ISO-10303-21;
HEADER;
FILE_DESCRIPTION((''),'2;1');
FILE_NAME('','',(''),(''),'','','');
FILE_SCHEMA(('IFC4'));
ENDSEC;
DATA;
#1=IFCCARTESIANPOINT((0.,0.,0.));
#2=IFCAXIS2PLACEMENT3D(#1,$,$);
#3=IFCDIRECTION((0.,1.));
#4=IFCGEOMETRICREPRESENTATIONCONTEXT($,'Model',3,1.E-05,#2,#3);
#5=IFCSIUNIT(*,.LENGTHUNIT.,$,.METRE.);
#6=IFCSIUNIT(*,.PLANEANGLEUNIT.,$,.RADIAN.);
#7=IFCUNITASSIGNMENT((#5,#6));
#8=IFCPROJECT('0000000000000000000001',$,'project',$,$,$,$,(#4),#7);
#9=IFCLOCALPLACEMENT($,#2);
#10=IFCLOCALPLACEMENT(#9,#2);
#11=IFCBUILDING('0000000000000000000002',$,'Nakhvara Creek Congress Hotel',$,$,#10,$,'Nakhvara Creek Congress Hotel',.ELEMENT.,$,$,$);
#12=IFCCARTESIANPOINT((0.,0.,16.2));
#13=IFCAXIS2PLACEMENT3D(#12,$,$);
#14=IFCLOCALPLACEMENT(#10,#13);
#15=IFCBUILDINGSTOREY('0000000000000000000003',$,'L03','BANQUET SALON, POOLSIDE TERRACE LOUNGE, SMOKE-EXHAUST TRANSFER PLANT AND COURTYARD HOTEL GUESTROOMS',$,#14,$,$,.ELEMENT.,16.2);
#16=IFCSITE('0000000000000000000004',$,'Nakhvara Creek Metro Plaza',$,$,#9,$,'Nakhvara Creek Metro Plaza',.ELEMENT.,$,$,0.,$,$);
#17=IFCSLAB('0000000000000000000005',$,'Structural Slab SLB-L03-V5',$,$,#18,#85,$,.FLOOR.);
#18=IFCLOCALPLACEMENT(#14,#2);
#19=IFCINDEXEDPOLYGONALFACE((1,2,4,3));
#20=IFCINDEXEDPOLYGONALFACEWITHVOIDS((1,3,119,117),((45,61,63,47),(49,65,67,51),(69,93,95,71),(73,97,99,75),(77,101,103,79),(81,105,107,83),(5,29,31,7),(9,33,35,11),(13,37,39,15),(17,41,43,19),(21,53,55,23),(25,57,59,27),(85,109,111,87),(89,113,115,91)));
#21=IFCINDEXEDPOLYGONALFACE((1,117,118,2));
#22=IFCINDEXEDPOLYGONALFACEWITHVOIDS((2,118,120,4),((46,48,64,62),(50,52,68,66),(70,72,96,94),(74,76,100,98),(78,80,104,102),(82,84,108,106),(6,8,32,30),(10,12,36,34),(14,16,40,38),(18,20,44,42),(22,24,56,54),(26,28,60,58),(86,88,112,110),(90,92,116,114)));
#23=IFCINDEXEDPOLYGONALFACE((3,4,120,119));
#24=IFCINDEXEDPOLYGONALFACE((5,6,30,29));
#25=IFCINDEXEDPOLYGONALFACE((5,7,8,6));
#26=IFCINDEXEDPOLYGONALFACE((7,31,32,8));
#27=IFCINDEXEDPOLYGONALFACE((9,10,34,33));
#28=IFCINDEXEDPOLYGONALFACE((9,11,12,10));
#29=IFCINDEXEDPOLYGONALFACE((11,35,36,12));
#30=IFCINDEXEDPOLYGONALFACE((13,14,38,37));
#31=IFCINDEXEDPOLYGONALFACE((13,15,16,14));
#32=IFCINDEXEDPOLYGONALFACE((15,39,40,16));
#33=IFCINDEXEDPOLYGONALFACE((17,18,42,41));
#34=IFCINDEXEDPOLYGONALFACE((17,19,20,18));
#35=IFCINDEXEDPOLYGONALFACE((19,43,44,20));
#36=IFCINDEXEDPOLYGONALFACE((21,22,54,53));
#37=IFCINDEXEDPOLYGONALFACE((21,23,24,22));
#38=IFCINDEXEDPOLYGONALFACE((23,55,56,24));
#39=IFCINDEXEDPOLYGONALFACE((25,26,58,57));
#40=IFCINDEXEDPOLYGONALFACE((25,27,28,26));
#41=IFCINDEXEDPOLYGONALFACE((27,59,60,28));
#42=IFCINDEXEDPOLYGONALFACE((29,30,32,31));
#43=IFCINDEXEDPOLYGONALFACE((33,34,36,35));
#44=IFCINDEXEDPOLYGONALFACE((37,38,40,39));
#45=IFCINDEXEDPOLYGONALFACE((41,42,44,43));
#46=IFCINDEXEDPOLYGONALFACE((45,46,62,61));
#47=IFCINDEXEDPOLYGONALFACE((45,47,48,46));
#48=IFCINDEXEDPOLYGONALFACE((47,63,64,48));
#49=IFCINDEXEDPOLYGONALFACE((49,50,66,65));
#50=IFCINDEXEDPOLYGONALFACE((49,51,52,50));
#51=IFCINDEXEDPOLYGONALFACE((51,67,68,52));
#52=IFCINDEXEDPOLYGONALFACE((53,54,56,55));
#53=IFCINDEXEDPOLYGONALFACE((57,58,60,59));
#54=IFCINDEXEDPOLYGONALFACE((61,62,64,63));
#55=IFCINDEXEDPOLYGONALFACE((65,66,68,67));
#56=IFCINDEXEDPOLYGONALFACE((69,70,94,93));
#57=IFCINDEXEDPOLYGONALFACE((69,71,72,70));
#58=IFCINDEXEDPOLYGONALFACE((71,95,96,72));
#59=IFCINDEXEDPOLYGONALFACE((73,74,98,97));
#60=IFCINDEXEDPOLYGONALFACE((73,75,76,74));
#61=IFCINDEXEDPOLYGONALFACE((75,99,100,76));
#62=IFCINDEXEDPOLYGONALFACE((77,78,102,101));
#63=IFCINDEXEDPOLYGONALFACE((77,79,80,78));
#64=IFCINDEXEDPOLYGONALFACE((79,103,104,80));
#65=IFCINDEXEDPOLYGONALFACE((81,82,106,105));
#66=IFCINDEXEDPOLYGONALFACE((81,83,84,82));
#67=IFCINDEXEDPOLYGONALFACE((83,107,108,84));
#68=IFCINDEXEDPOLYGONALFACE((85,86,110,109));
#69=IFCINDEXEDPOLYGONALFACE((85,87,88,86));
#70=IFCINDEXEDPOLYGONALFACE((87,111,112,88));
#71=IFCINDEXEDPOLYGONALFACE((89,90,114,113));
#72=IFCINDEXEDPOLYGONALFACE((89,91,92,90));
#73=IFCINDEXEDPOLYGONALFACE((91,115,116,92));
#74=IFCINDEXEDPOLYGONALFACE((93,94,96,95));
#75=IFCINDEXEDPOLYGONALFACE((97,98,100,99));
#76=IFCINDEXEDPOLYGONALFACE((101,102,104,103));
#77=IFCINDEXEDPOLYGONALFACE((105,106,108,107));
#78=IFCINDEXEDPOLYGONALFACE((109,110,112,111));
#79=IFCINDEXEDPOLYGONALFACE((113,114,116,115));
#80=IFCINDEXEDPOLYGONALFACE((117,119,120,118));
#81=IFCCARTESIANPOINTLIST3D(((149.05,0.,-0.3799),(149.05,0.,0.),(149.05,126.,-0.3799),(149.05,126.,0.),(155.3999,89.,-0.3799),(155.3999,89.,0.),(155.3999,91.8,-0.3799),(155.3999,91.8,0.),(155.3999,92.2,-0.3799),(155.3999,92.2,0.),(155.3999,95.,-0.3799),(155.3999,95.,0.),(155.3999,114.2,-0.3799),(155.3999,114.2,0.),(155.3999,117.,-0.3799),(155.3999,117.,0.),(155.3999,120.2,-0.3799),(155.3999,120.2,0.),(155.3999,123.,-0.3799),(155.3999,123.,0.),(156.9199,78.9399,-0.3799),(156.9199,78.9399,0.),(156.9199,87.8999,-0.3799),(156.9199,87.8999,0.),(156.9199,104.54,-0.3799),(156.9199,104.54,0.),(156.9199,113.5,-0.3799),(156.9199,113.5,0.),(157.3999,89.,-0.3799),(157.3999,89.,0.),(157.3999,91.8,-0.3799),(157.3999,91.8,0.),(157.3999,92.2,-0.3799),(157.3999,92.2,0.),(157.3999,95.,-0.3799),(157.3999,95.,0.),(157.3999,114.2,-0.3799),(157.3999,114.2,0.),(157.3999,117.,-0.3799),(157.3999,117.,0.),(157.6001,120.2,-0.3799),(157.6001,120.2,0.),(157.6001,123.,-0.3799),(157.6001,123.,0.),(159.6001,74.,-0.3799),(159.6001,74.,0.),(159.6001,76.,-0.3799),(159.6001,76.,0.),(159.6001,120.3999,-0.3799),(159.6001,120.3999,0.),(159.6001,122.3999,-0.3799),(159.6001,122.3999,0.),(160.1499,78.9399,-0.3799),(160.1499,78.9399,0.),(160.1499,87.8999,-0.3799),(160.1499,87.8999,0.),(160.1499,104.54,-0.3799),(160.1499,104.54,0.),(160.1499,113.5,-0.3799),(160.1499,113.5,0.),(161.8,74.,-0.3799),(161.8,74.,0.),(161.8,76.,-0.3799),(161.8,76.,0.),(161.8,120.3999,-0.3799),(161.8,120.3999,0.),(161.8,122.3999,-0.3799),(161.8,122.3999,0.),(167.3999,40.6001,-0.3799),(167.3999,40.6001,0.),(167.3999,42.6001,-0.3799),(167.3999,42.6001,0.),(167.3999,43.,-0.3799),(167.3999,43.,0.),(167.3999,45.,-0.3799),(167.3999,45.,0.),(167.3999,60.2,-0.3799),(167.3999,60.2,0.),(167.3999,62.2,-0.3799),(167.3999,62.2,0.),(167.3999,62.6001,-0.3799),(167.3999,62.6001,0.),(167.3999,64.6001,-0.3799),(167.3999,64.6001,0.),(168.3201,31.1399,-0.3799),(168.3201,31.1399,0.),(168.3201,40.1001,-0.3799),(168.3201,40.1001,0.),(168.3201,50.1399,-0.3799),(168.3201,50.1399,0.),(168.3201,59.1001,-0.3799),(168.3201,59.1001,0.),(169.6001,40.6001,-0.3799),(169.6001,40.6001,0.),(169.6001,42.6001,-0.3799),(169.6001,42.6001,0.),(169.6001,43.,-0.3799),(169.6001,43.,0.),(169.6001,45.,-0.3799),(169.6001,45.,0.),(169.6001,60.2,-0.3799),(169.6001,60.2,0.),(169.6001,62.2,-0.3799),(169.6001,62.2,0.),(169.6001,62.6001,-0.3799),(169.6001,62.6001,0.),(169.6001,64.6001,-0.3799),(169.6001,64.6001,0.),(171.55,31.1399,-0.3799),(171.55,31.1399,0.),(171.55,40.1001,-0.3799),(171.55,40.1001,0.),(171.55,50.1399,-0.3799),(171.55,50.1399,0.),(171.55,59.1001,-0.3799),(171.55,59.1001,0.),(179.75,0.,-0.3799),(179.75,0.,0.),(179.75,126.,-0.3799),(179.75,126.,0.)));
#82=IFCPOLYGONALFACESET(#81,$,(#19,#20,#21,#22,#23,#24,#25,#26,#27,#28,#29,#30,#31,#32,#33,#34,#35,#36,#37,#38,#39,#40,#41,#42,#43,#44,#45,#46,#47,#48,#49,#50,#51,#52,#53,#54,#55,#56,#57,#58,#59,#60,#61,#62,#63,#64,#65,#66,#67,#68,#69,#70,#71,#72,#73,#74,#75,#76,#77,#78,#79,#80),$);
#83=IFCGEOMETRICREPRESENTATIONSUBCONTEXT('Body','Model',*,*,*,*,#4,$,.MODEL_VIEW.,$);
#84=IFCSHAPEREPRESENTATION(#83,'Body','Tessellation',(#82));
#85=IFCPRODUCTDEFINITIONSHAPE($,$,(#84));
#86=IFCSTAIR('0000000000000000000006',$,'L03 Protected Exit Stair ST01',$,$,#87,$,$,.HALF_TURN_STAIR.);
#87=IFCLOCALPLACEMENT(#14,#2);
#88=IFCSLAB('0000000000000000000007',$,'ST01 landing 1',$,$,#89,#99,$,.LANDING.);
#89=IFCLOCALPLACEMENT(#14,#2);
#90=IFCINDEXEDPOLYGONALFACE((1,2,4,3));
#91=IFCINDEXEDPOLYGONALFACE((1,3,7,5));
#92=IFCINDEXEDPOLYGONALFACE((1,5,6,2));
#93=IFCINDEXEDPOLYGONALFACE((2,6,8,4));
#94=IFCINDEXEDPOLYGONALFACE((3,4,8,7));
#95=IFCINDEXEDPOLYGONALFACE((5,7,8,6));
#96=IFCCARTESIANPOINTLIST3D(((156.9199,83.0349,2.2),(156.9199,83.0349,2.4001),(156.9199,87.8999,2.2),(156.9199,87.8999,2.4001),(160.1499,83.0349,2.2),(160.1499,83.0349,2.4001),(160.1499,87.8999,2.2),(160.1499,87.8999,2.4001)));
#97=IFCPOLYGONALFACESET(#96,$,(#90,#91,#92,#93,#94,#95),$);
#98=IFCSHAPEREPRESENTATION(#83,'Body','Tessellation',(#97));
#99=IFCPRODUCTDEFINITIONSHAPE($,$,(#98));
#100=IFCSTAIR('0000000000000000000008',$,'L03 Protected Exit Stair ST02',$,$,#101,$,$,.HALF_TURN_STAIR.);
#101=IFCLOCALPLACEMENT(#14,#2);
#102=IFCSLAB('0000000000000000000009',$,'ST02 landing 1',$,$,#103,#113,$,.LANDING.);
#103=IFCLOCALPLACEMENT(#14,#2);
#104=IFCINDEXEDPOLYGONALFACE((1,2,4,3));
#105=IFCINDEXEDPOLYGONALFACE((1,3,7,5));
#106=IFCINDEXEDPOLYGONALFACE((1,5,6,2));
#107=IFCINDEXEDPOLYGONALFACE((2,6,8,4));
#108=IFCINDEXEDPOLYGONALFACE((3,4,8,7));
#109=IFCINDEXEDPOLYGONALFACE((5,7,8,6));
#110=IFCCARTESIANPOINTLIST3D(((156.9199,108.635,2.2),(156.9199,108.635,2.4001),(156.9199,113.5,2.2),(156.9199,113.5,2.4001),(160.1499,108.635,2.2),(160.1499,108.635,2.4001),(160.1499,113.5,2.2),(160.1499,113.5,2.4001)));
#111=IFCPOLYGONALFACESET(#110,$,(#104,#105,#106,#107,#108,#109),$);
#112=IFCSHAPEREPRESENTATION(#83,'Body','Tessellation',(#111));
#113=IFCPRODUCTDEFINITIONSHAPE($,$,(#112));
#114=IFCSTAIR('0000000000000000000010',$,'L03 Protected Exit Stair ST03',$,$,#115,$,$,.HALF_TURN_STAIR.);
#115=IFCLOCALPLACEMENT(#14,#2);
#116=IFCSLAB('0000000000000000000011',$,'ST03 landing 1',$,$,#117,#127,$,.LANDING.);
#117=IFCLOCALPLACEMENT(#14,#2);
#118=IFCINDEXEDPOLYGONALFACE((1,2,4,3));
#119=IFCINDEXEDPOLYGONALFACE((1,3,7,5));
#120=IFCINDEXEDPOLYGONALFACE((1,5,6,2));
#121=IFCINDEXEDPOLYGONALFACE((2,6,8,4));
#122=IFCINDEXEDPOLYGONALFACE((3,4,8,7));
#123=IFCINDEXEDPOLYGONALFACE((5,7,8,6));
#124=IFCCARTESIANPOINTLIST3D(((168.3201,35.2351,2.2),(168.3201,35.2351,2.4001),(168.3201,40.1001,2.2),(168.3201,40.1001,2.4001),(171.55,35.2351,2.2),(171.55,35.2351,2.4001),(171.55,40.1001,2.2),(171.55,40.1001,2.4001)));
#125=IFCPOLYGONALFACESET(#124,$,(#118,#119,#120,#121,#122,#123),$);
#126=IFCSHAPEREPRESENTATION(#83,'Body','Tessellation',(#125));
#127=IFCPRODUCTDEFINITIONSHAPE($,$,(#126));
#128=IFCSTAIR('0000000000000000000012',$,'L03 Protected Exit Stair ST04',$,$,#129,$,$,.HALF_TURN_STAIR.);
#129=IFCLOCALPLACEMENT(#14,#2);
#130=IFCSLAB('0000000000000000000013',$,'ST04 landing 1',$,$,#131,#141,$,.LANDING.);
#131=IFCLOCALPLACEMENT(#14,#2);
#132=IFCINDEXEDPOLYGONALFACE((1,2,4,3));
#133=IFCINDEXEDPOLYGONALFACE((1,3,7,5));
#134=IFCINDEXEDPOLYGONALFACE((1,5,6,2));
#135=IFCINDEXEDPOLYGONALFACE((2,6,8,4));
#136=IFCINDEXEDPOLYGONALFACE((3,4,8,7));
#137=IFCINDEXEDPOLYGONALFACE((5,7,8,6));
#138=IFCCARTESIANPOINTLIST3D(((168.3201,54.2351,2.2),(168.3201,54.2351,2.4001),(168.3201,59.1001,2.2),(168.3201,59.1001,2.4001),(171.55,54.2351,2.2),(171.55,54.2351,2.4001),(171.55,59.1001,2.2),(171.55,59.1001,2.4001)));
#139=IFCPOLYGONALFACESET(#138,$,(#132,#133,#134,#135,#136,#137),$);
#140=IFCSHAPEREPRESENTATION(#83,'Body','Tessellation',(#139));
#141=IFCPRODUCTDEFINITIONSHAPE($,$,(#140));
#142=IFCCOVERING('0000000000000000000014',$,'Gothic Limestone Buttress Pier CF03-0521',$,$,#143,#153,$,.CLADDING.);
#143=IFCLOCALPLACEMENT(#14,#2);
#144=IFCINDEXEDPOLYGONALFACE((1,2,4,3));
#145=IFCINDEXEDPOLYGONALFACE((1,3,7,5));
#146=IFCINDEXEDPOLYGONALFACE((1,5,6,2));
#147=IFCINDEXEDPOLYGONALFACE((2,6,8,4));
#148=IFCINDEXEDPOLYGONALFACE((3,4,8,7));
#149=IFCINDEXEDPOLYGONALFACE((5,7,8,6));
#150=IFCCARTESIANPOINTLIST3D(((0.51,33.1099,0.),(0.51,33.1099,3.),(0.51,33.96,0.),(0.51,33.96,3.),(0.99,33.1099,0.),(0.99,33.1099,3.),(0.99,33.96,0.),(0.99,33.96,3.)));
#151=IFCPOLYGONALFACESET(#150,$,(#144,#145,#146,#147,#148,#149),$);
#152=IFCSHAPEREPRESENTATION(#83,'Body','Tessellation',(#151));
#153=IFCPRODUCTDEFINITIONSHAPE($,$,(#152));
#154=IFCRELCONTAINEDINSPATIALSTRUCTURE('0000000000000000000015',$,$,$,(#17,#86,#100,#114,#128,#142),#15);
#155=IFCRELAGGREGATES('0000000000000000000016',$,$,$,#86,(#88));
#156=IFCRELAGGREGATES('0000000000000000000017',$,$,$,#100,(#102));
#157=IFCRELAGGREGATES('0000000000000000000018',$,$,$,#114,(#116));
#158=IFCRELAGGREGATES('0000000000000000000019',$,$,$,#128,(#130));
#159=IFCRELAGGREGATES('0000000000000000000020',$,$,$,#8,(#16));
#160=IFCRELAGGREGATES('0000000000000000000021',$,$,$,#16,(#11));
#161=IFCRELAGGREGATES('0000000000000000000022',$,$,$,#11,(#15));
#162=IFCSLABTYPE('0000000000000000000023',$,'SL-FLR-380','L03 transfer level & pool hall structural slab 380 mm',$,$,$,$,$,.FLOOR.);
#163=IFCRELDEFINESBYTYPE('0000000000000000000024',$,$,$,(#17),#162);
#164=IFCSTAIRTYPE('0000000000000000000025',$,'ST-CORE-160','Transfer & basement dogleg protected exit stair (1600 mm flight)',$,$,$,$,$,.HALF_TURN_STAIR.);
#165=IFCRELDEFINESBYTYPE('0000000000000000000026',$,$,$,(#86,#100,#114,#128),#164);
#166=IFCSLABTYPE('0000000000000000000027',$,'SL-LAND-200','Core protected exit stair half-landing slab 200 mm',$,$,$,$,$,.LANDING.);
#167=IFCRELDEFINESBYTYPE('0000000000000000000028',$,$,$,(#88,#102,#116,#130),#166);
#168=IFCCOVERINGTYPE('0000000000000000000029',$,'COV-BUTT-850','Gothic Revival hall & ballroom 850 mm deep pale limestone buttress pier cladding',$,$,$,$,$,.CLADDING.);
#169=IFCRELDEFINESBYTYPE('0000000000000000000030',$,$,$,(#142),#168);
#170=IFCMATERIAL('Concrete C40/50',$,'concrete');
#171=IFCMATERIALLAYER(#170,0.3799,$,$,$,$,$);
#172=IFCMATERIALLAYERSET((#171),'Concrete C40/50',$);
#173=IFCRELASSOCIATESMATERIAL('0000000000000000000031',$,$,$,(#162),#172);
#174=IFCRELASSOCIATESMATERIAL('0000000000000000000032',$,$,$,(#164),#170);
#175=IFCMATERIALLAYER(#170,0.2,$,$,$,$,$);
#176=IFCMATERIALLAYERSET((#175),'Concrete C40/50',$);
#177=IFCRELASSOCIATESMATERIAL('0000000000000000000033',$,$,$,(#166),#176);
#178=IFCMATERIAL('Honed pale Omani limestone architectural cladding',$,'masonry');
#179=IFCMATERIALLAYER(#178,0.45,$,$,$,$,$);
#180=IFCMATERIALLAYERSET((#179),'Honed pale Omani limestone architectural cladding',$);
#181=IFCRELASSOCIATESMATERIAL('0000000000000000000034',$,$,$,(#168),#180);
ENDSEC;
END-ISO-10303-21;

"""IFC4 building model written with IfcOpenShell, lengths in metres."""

from ifc_helpers import new_model, si_unit, direction, frame, origin, origin_2d, place, context, subcontext, project, spatial, polyline, rectangle, outline, extrude, material, layer, layer_set, type_object, element, aggregate, save


model = new_model("IFC4")

# Units and contexts
model_context = context("Model", 3, precision=1e-05, world=origin(), true_north=direction((0.0, 1.0)))
body_context = subcontext(model_context, "Body", "Model", "MODEL_VIEW")
ifc_project = project(units=[si_unit("LENGTHUNIT", "METRE"), si_unit("PLANEANGLEUNIT", "RADIAN")], contexts=[model_context])

# Site, building, storey
site_placement = place(None, origin())
site = spatial("IfcSite", under=ifc_project, at=site_placement, Name="Nakhvara Creek Metro Plaza", LongName="Nakhvara Creek Metro Plaza", CompositionType="ELEMENT", RefElevation=0.0)
building_placement = place(site_placement, origin())
building = spatial("IfcBuilding", under=site, at=building_placement, Name="Nakhvara Creek Congress Hotel", LongName="Nakhvara Creek Congress Hotel", CompositionType="ELEMENT")
storey_placement = place(building_placement, frame((0.0, 0.0, 16.2)))
storey = spatial("IfcBuildingStorey", under=building, at=storey_placement, Name="L03", Description="BANQUET SALON, POOLSIDE TERRACE LOUNGE, SMOKE-EXHAUST TRANSFER PLANT AND COURTYARD HOTEL GUESTROOMS", CompositionType="ELEMENT", Elevation=16.2)

# Slab
ifc_material_1 = material(Name="Concrete C40/50", Category="concrete")
ifc_layer_1 = layer(ifc_material_1, 0.3799)
ifc_layer_set_1 = layer_set([ifc_layer_1], Name="Concrete C40/50")
slab_type_1 = type_object("IfcSlabType", Name="SL-FLR-380", Description="L03 transfer level & pool hall structural slab 380 mm", PredefinedType="FLOOR", material=ifc_layer_set_1)
slab_1_placement = place(storey_placement, frame((0.0, 0.0, -0.3799)))
element("IfcSlab", 1, at=slab_1_placement, inside=storey, type_object=slab_type_1, Name="Structural Slab SLB-L03-V5", PredefinedType="FLOOR", context=body_context, shape_type="SweptSolid", body=[
    extrude(outline(polyline([(149.05, 126.0), (179.75, 126.0), (179.75, 0.0), (149.05, 0.0), (149.05, 126.0)]), holes=[polyline([(161.8, 74.0), (161.8, 76.0), (159.6001, 76.0), (159.6001, 74.0), (161.8, 74.0)]), polyline([(160.1499, 78.9399), (160.1499, 87.8999), (156.9199, 87.8999), (156.9199, 78.9399), (160.1499, 78.9399)]), polyline([(155.3999, 89.0), (157.3999, 89.0), (157.3999, 91.8), (155.3999, 91.8), (155.3999, 89.0)]), polyline([(155.3999, 92.2), (157.3999, 92.2), (157.3999, 95.0), (155.3999, 95.0), (155.3999, 92.2)]), polyline([(160.1499, 104.54), (160.1499, 113.5), (156.9199, 113.5), (156.9199, 104.54), (160.1499, 104.54)]), polyline([(155.3999, 114.2), (157.3999, 114.2), (157.3999, 117.0), (155.3999, 117.0), (155.3999, 114.2)]), polyline([(155.3999, 120.2), (157.6001, 120.2), (157.6001, 123.0), (155.3999, 123.0), (155.3999, 120.2)]), polyline([(171.55, 40.1001), (168.3201, 40.1001), (168.3201, 31.1399), (171.55, 31.1399), (171.55, 40.1001)]), polyline([(167.3999, 40.6001), (169.6001, 40.6001), (169.6001, 42.6001), (167.3999, 42.6001), (167.3999, 40.6001)]), polyline([(167.3999, 43.0), (169.6001, 43.0), (169.6001, 45.0), (167.3999, 45.0), (167.3999, 43.0)]), polyline([(171.55, 50.1399), (171.55, 59.1001), (168.3201, 59.1001), (168.3201, 50.1399), (171.55, 50.1399)]), polyline([(167.3999, 60.2), (169.6001, 60.2), (169.6001, 62.2), (167.3999, 62.2), (167.3999, 60.2)]), polyline([(167.3999, 62.6001), (169.6001, 62.6001), (169.6001, 64.6001), (167.3999, 64.6001), (167.3999, 62.6001)]), polyline([(159.6001, 120.3999), (161.8, 120.3999), (161.8, 122.3999), (159.6001, 122.3999), (159.6001, 120.3999)])]), origin(), (0.0, 0.0, 1.0), 0.3799),
])

# Stairs, slabs
stair_type = type_object("IfcStairType", Name="ST-CORE-160", Description="Transfer & basement dogleg protected exit stair (1600 mm flight)", PredefinedType="HALF_TURN_STAIR", material=ifc_material_1)
stair_1_placement = place(storey_placement, origin())
stair_1 = element("IfcStair", 2, at=stair_1_placement, inside=storey, type_object=stair_type, Name="L03 Protected Exit Stair ST01", PredefinedType="HALF_TURN_STAIR")
ifc_layer_2 = layer(ifc_material_1, 0.2)
ifc_layer_set_2 = layer_set([ifc_layer_2], Name="Concrete C40/50")
slab_type_2 = type_object("IfcSlabType", Name="SL-LAND-200", Description="Core protected exit stair half-landing slab 200 mm", PredefinedType="LANDING", material=ifc_layer_set_2)
slab_2_placement = place(storey_placement, frame((0.0, 0.0, 2.2)))
slab_2 = element("IfcSlab", 3, at=slab_2_placement, type_object=slab_type_2, Name="ST01 landing 1", PredefinedType="LANDING", context=body_context, shape_type="SweptSolid", body=[
    extrude(outline(polyline([(160.1499, 83.0349), (160.1499, 87.8999), (156.9199, 87.8999), (156.9199, 83.0349), (160.1499, 83.0349)])), origin(), (0.0, 0.0, 1.0), 0.2002),
])
aggregate(stair_1, [slab_2])
stair_2_placement = place(storey_placement, origin())
stair_2 = element("IfcStair", 4, at=stair_2_placement, inside=storey, type_object=stair_type, Name="L03 Protected Exit Stair ST02", PredefinedType="HALF_TURN_STAIR")
slab_3_placement = place(storey_placement, frame((0.0, 0.0, 2.2)))
slab_3 = element("IfcSlab", 5, at=slab_3_placement, type_object=slab_type_2, Name="ST02 landing 1", PredefinedType="LANDING", context=body_context, shape_type="SweptSolid", body=[
    extrude(outline(polyline([(160.1499, 108.635), (160.1499, 113.5), (156.9199, 113.5), (156.9199, 108.635), (160.1499, 108.635)])), origin(), (0.0, 0.0, 1.0), 0.2002),
])
aggregate(stair_2, [slab_3])
stair_3_placement = place(storey_placement, origin())
stair_3 = element("IfcStair", 6, at=stair_3_placement, inside=storey, type_object=stair_type, Name="L03 Protected Exit Stair ST03", PredefinedType="HALF_TURN_STAIR")
slab_4_placement = place(storey_placement, frame((0.0, 0.0, 2.2)))
slab_4 = element("IfcSlab", 7, at=slab_4_placement, type_object=slab_type_2, Name="ST03 landing 1", PredefinedType="LANDING", context=body_context, shape_type="SweptSolid", body=[
    extrude(outline(polyline([(171.55, 35.2351), (171.55, 40.1001), (168.3201, 40.1001), (168.3201, 35.2351), (171.55, 35.2351)])), origin(), (0.0, 0.0, 1.0), 0.2002),
])
aggregate(stair_3, [slab_4])
stair_4_placement = place(storey_placement, origin())
stair_4 = element("IfcStair", 8, at=stair_4_placement, inside=storey, type_object=stair_type, Name="L03 Protected Exit Stair ST04", PredefinedType="HALF_TURN_STAIR")
slab_5_placement = place(storey_placement, frame((0.0, 0.0, 2.2)))
slab_5 = element("IfcSlab", 9, at=slab_5_placement, type_object=slab_type_2, Name="ST04 landing 1", PredefinedType="LANDING", context=body_context, shape_type="SweptSolid", body=[
    extrude(outline(polyline([(171.55, 54.2351), (171.55, 59.1001), (168.3201, 59.1001), (168.3201, 54.2351), (171.55, 54.2351)])), origin(), (0.0, 0.0, 1.0), 0.2002),
])
aggregate(stair_4, [slab_5])

# Covering
ifc_material_2 = material(Name="Honed pale Omani limestone architectural cladding", Category="masonry")
ifc_layer_3 = layer(ifc_material_2, 0.45)
ifc_layer_set_3 = layer_set([ifc_layer_3], Name="Honed pale Omani limestone architectural cladding")
covering_type = type_object("IfcCoveringType", Name="COV-BUTT-850", Description="Gothic Revival hall & ballroom 850 mm deep pale limestone buttress pier cladding", PredefinedType="CLADDING", material=ifc_layer_set_3)
covering_placement = place(storey_placement, frame((0.75, 33.5349, 0.0), z_axis=(0.0, 0.0, 1.0), x_axis=(1.0, 0.0, 0.0)))
element("IfcCovering", 10, at=covering_placement, inside=storey, type_object=covering_type, Name="Gothic Limestone Buttress Pier CF03-0521", PredefinedType="CLADDING", context=body_context, shape_type="SweptSolid", body=[
    extrude(rectangle(XDim=0.48, YDim=0.8501, at=origin_2d()), origin(), (0.0, 0.0, 1.0), 3.0),
])

save(model, "model.ifc")
